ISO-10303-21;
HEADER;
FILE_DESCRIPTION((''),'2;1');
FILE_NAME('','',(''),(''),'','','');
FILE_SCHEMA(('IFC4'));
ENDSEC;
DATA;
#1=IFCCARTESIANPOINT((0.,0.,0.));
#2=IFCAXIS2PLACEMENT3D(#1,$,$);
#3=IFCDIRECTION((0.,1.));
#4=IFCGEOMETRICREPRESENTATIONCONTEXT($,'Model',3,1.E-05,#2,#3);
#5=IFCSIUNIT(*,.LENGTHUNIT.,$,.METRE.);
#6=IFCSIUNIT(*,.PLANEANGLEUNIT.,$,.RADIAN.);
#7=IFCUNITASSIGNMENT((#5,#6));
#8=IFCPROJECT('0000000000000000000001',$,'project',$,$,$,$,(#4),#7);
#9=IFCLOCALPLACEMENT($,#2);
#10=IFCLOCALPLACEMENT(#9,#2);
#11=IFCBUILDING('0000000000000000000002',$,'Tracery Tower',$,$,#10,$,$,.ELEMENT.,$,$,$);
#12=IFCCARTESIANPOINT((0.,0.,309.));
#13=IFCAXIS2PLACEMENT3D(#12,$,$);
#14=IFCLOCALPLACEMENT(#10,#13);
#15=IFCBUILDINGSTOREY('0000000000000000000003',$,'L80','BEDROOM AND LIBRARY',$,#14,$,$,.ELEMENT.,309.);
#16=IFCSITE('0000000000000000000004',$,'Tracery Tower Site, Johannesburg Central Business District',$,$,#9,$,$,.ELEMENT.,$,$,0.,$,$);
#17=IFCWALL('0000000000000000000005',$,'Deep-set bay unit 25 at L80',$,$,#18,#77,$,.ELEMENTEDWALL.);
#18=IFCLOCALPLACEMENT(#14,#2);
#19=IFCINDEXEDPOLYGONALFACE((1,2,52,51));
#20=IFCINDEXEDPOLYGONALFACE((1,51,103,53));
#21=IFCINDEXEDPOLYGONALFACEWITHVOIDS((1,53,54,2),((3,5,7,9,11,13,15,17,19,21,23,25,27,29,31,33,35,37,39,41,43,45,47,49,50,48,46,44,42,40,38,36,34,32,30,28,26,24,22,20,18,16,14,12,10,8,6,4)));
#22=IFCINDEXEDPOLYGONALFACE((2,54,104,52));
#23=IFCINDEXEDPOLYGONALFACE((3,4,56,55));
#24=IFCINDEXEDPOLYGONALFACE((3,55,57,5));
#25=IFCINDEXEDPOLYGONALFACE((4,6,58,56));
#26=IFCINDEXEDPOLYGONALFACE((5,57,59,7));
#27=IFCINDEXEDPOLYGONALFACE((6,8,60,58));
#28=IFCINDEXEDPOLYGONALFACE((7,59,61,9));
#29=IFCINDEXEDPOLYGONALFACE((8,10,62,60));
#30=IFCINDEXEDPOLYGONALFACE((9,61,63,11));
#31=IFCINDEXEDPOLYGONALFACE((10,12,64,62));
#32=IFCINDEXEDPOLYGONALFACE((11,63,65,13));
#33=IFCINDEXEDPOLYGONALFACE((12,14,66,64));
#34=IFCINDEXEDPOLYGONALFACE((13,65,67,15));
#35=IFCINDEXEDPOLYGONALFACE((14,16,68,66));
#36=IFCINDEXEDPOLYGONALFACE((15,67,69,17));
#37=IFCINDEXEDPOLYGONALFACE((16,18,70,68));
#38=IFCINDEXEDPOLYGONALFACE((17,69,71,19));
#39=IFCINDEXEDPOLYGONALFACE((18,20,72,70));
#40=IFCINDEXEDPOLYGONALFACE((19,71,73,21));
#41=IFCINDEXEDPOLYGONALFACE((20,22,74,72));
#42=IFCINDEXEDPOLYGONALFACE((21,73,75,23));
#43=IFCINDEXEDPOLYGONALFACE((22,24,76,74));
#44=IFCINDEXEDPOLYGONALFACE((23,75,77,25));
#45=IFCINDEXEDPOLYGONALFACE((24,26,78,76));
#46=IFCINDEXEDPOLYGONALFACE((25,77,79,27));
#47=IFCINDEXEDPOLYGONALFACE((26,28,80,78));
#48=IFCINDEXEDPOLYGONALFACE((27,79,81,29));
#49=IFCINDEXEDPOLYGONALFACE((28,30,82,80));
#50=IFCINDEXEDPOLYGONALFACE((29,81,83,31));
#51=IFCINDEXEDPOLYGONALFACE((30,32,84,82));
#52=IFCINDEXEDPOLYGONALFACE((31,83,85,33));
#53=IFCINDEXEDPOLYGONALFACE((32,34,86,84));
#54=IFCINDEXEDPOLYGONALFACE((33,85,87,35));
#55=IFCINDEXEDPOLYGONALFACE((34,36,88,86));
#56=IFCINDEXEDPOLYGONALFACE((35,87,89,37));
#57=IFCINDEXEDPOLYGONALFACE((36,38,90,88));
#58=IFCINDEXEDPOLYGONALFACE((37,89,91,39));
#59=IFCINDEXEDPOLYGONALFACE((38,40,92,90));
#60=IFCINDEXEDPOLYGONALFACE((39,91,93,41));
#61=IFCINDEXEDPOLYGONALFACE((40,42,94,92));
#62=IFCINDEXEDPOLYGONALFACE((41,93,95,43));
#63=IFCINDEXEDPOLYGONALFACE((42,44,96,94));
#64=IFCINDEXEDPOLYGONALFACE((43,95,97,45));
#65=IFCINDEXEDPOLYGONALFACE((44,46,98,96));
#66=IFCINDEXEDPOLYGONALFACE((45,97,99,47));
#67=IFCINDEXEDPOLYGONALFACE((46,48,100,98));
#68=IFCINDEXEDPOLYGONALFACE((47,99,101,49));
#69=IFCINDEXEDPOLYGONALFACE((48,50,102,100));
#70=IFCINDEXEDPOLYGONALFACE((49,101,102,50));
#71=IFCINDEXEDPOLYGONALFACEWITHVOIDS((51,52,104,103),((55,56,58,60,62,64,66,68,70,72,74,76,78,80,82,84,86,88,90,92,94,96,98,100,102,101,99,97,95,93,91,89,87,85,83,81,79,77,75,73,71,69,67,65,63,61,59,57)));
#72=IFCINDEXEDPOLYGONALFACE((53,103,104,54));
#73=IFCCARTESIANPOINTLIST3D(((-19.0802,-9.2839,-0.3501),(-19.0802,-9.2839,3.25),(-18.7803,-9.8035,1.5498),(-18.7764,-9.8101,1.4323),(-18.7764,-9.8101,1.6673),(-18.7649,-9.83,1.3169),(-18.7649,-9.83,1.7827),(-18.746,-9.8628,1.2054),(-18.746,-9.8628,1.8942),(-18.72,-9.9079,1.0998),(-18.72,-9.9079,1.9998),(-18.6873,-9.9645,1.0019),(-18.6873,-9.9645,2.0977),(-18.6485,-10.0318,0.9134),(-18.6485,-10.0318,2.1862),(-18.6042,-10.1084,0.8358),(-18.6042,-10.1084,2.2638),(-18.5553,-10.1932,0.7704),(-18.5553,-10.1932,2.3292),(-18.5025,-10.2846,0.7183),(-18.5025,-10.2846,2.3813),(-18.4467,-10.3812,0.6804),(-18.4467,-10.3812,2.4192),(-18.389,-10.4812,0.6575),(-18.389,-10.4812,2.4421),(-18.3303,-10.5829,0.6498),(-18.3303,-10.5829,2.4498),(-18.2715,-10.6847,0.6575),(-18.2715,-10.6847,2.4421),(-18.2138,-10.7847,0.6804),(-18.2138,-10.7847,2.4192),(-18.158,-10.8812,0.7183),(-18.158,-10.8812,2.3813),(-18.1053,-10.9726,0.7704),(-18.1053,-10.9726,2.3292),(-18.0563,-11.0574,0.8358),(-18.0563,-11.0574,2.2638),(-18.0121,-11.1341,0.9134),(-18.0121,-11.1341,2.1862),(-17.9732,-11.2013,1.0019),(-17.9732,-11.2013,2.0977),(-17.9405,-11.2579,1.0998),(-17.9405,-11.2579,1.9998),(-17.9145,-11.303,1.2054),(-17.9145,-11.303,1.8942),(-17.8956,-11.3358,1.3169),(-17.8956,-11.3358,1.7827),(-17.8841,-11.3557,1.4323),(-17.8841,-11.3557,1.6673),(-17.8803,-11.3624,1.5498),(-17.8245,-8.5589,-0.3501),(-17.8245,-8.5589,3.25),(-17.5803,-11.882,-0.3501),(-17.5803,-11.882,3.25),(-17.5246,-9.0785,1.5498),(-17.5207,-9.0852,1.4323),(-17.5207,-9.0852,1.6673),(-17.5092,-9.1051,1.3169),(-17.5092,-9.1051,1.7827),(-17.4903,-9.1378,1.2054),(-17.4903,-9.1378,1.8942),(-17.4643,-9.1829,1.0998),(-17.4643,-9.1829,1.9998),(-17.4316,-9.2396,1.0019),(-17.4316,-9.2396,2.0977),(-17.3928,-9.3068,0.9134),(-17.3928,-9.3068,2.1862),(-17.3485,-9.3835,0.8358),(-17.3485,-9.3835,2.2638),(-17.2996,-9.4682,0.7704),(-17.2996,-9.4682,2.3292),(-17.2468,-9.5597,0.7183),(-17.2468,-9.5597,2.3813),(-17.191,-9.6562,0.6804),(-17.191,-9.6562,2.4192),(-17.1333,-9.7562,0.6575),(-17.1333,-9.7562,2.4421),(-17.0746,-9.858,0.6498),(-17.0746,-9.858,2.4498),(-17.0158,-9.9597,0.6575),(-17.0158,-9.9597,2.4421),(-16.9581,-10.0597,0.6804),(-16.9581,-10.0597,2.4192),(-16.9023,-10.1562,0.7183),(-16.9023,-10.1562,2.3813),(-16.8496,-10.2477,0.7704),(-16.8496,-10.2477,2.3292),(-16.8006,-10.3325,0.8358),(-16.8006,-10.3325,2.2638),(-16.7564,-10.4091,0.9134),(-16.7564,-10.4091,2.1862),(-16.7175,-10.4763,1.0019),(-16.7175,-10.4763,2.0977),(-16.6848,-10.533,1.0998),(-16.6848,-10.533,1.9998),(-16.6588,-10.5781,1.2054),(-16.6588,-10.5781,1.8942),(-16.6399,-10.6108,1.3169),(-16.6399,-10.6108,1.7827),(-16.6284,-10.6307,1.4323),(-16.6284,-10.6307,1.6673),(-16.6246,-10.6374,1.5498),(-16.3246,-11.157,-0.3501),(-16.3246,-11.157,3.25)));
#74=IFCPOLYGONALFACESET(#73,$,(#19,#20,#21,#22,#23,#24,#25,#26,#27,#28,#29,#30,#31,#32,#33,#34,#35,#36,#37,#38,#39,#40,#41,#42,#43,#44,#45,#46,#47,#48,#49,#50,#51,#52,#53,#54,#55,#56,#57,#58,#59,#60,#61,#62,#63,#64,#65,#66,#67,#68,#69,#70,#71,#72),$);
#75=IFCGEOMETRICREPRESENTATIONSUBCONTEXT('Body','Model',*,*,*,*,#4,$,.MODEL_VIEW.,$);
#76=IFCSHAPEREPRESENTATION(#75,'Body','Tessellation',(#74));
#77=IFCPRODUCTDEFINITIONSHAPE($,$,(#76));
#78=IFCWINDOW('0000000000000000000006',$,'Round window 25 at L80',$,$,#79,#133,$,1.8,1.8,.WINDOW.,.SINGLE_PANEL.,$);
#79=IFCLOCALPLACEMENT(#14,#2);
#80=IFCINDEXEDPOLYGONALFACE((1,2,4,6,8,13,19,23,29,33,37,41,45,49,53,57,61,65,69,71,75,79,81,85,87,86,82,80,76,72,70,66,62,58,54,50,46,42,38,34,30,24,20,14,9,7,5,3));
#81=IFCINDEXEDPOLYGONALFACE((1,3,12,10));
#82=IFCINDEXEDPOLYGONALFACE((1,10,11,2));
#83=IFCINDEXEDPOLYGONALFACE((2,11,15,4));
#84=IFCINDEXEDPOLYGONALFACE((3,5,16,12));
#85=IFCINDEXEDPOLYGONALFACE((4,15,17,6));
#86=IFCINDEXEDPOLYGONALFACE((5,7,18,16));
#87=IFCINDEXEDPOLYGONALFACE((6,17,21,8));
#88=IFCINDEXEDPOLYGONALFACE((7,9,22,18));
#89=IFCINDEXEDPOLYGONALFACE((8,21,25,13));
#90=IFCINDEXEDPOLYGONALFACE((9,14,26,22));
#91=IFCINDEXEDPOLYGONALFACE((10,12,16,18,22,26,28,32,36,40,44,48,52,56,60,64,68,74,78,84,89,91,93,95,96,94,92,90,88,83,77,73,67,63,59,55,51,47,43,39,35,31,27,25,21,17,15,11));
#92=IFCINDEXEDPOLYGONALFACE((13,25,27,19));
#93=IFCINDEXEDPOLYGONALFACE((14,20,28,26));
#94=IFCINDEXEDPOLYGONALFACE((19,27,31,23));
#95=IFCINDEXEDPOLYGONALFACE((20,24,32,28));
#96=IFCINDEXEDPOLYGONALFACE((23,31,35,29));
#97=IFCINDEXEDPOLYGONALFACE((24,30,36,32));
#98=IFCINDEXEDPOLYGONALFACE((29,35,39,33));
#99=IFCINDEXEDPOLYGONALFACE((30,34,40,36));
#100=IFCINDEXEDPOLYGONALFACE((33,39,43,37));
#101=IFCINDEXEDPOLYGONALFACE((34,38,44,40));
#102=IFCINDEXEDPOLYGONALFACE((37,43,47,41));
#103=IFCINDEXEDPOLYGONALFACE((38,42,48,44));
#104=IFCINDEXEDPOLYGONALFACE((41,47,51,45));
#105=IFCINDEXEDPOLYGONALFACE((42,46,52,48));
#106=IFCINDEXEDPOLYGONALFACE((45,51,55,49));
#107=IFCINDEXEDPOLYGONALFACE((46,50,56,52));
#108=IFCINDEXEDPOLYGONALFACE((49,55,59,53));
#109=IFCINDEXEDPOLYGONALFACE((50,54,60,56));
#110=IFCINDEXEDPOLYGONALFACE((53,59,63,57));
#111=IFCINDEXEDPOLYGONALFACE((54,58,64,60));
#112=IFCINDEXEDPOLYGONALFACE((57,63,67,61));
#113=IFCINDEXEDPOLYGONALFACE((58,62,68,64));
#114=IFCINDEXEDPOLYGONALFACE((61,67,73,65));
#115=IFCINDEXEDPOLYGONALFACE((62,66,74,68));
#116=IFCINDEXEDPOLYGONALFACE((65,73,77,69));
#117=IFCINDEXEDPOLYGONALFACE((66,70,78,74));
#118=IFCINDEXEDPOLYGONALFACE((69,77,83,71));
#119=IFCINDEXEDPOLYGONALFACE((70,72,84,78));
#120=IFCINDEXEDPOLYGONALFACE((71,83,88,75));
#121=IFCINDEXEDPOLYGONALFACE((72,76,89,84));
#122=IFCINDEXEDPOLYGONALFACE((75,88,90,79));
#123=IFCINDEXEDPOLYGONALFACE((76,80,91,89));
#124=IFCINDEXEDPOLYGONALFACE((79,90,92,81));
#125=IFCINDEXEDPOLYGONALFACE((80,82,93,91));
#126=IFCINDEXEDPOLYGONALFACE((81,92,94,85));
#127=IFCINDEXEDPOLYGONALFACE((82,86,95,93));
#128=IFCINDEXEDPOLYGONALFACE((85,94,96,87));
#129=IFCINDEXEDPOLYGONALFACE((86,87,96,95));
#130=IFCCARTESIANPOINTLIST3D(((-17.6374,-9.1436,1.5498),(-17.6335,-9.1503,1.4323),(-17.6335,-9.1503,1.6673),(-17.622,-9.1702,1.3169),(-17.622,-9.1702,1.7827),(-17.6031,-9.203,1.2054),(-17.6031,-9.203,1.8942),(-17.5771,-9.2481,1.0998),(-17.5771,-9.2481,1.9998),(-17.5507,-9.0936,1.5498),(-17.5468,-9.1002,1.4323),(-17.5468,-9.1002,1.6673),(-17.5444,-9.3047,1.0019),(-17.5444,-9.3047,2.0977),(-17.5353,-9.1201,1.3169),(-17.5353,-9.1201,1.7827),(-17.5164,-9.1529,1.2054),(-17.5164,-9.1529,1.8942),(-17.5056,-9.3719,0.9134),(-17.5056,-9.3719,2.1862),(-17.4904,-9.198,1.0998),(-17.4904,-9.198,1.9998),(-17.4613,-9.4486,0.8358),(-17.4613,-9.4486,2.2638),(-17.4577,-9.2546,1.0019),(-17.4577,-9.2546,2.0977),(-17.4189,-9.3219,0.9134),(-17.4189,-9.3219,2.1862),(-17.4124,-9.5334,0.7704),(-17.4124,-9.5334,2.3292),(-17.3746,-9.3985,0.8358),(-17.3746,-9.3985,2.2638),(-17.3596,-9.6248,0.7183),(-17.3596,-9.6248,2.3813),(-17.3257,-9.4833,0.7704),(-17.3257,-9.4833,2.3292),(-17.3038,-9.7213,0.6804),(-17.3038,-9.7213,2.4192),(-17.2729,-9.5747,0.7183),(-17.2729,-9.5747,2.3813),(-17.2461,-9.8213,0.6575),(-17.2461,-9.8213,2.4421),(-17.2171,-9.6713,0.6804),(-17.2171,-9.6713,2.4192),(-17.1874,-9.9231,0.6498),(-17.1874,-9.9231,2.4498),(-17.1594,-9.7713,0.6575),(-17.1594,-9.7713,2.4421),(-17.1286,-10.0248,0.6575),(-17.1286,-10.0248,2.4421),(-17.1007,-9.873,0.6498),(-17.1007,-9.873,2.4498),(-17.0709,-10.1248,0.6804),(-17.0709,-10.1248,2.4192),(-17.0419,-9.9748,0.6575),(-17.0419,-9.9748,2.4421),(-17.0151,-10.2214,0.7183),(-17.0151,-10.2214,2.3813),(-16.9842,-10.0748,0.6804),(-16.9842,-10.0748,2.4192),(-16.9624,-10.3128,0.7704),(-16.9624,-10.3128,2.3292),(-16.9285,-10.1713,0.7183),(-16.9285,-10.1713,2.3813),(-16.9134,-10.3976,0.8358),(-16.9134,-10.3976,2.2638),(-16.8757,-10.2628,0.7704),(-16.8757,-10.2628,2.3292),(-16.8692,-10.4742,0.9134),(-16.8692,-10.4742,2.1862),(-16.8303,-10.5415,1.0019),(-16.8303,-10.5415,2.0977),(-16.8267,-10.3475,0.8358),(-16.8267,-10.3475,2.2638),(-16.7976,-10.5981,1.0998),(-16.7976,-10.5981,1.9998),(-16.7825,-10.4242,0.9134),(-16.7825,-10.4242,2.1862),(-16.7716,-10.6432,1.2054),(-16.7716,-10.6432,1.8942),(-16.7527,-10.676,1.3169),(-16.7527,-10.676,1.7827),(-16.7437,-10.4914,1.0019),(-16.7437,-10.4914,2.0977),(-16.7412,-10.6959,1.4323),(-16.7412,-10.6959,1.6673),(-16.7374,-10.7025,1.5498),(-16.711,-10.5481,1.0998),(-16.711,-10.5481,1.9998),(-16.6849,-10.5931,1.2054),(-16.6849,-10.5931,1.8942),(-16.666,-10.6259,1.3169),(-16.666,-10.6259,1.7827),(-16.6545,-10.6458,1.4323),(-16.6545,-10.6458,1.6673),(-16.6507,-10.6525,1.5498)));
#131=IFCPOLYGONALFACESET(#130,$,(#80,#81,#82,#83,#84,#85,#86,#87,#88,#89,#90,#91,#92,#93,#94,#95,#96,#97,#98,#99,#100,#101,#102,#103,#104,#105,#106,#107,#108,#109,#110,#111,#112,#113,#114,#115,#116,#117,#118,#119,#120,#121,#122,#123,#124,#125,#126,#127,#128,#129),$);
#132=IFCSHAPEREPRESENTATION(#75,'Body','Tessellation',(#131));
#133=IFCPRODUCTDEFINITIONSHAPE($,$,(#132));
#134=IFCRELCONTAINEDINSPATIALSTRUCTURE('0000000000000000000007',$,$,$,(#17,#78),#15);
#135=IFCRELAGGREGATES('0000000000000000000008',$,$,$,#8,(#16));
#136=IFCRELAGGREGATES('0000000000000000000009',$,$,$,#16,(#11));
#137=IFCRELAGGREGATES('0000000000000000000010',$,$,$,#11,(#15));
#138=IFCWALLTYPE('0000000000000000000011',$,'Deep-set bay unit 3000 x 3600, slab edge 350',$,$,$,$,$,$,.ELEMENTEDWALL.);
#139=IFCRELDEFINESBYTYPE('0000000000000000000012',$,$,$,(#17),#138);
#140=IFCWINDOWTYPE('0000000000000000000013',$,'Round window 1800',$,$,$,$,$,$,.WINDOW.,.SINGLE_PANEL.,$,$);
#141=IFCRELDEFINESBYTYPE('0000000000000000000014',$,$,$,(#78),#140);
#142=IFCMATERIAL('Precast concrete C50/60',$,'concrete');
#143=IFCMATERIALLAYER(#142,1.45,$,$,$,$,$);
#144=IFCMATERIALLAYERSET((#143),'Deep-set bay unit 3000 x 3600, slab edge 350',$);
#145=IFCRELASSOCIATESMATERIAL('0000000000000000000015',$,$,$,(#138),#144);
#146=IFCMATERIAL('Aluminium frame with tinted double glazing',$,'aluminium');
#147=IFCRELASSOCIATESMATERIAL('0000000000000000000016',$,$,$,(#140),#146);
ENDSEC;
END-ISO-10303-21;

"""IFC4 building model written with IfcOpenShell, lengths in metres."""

from ifc_helpers import new_model, si_unit, direction, frame, frame_2d, origin, origin_2d, place, context, subcontext, project, spatial, rectangle, circle, extrude, material, layer, layer_set, type_object, element, fill, save


model = new_model("IFC4")

# Units and contexts
model_context = context("Model", 3, precision=1e-05, world=origin(), true_north=direction((0.0, 1.0)))
body_context = subcontext(model_context, "Body", "Model", "MODEL_VIEW")
ifc_project = project(units=[si_unit("LENGTHUNIT", "METRE"), si_unit("PLANEANGLEUNIT", "RADIAN")], contexts=[model_context])

# Site, building, storey
site_placement = place(None, origin())
site = spatial("IfcSite", under=ifc_project, at=site_placement, Name="Tracery Tower Site, Johannesburg Central Business District", CompositionType="ELEMENT", RefElevation=0.0)
building_placement = place(site_placement, origin())
building = spatial("IfcBuilding", under=site, at=building_placement, Name="Tracery Tower", CompositionType="ELEMENT")
storey_placement = place(building_placement, frame((0.0, 0.0, 309.0)))
storey = spatial("IfcBuildingStorey", under=building, at=storey_placement, Name="L80", Description="BEDROOM AND LIBRARY", CompositionType="ELEMENT", Elevation=309.0)

# Wall, opening, window
ifc_material_1 = material(Name="Precast concrete C50/60", Category="concrete")
ifc_layer_1 = layer(ifc_material_1, 1.45)
ifc_layer_set_1 = layer_set([ifc_layer_1], Name="Deep-set bay unit 3000 x 3600, slab edge 350")
wall_type_1 = type_object("IfcWallType", Name="Deep-set bay unit 3000 x 3600, slab edge 350", PredefinedType="ELEMENTEDWALL", material=ifc_layer_set_1)
wall_1_placement = place(storey_placement, frame((-18.4524, -8.9214, -0.3501), z_axis=(0.0, 0.0, 1.0), x_axis=(0.49999, -0.866031, 0.0)))
wall_1 = element("IfcWall", 1, at=wall_1_placement, inside=storey, type_object=wall_type_1, Name="Deep-set bay unit 25 at L80", PredefinedType="ELEMENTEDWALL", context=body_context, shape_type="SweptSolid", body=[
    extrude(rectangle(XDim=3.0, YDim=1.45, at=frame_2d((1.5, 0.0))), origin(), (0.0, 0.0, 1.0), 3.6001),
])
opening_1_placement = place(wall_1_placement, frame((1.5, 0.0, 1.8999)))
opening_1 = element("IfcOpeningElement", 2, at=opening_1_placement, cuts=wall_1, PredefinedType="OPENING", context=body_context, shape_type="SweptSolid", body=[
    extrude(circle(Radius=0.9, at=origin_2d()), frame((0.0, 0.7349, 0.0), z_axis=(0.0, -1.0, 0.0), x_axis=(1.0, 0.0, 0.0)), (0.0, 0.0, 1.0), 1.47),
])
ifc_material_2 = material(Name="Aluminium frame with tinted double glazing", Category="aluminium")
window_type = type_object("IfcWindowType", Name="Round window 1800", PartitioningType="SINGLE_PANEL", PredefinedType="WINDOW", material=ifc_material_2)
window_1_placement = place(opening_1_placement, origin())
window_1 = element("IfcWindow", 3, at=window_1_placement, inside=storey, type_object=window_type, Name="Round window 25 at L80", OverallHeight=1.8, OverallWidth=1.8, PartitioningType="SINGLE_PANEL", PredefinedType="WINDOW", context=body_context, shape_type="SweptSolid", body=[
    extrude(circle(Radius=0.9, at=origin_2d()), frame((0.0, 0.6948, 0.0), z_axis=(0.0, -1.0, 0.0), x_axis=(1.0, 0.0, 0.0)), (0.0, 0.0, 1.0), 0.1001),
])
fill(opening_1, window_1)

save(model, "model.ifc")
